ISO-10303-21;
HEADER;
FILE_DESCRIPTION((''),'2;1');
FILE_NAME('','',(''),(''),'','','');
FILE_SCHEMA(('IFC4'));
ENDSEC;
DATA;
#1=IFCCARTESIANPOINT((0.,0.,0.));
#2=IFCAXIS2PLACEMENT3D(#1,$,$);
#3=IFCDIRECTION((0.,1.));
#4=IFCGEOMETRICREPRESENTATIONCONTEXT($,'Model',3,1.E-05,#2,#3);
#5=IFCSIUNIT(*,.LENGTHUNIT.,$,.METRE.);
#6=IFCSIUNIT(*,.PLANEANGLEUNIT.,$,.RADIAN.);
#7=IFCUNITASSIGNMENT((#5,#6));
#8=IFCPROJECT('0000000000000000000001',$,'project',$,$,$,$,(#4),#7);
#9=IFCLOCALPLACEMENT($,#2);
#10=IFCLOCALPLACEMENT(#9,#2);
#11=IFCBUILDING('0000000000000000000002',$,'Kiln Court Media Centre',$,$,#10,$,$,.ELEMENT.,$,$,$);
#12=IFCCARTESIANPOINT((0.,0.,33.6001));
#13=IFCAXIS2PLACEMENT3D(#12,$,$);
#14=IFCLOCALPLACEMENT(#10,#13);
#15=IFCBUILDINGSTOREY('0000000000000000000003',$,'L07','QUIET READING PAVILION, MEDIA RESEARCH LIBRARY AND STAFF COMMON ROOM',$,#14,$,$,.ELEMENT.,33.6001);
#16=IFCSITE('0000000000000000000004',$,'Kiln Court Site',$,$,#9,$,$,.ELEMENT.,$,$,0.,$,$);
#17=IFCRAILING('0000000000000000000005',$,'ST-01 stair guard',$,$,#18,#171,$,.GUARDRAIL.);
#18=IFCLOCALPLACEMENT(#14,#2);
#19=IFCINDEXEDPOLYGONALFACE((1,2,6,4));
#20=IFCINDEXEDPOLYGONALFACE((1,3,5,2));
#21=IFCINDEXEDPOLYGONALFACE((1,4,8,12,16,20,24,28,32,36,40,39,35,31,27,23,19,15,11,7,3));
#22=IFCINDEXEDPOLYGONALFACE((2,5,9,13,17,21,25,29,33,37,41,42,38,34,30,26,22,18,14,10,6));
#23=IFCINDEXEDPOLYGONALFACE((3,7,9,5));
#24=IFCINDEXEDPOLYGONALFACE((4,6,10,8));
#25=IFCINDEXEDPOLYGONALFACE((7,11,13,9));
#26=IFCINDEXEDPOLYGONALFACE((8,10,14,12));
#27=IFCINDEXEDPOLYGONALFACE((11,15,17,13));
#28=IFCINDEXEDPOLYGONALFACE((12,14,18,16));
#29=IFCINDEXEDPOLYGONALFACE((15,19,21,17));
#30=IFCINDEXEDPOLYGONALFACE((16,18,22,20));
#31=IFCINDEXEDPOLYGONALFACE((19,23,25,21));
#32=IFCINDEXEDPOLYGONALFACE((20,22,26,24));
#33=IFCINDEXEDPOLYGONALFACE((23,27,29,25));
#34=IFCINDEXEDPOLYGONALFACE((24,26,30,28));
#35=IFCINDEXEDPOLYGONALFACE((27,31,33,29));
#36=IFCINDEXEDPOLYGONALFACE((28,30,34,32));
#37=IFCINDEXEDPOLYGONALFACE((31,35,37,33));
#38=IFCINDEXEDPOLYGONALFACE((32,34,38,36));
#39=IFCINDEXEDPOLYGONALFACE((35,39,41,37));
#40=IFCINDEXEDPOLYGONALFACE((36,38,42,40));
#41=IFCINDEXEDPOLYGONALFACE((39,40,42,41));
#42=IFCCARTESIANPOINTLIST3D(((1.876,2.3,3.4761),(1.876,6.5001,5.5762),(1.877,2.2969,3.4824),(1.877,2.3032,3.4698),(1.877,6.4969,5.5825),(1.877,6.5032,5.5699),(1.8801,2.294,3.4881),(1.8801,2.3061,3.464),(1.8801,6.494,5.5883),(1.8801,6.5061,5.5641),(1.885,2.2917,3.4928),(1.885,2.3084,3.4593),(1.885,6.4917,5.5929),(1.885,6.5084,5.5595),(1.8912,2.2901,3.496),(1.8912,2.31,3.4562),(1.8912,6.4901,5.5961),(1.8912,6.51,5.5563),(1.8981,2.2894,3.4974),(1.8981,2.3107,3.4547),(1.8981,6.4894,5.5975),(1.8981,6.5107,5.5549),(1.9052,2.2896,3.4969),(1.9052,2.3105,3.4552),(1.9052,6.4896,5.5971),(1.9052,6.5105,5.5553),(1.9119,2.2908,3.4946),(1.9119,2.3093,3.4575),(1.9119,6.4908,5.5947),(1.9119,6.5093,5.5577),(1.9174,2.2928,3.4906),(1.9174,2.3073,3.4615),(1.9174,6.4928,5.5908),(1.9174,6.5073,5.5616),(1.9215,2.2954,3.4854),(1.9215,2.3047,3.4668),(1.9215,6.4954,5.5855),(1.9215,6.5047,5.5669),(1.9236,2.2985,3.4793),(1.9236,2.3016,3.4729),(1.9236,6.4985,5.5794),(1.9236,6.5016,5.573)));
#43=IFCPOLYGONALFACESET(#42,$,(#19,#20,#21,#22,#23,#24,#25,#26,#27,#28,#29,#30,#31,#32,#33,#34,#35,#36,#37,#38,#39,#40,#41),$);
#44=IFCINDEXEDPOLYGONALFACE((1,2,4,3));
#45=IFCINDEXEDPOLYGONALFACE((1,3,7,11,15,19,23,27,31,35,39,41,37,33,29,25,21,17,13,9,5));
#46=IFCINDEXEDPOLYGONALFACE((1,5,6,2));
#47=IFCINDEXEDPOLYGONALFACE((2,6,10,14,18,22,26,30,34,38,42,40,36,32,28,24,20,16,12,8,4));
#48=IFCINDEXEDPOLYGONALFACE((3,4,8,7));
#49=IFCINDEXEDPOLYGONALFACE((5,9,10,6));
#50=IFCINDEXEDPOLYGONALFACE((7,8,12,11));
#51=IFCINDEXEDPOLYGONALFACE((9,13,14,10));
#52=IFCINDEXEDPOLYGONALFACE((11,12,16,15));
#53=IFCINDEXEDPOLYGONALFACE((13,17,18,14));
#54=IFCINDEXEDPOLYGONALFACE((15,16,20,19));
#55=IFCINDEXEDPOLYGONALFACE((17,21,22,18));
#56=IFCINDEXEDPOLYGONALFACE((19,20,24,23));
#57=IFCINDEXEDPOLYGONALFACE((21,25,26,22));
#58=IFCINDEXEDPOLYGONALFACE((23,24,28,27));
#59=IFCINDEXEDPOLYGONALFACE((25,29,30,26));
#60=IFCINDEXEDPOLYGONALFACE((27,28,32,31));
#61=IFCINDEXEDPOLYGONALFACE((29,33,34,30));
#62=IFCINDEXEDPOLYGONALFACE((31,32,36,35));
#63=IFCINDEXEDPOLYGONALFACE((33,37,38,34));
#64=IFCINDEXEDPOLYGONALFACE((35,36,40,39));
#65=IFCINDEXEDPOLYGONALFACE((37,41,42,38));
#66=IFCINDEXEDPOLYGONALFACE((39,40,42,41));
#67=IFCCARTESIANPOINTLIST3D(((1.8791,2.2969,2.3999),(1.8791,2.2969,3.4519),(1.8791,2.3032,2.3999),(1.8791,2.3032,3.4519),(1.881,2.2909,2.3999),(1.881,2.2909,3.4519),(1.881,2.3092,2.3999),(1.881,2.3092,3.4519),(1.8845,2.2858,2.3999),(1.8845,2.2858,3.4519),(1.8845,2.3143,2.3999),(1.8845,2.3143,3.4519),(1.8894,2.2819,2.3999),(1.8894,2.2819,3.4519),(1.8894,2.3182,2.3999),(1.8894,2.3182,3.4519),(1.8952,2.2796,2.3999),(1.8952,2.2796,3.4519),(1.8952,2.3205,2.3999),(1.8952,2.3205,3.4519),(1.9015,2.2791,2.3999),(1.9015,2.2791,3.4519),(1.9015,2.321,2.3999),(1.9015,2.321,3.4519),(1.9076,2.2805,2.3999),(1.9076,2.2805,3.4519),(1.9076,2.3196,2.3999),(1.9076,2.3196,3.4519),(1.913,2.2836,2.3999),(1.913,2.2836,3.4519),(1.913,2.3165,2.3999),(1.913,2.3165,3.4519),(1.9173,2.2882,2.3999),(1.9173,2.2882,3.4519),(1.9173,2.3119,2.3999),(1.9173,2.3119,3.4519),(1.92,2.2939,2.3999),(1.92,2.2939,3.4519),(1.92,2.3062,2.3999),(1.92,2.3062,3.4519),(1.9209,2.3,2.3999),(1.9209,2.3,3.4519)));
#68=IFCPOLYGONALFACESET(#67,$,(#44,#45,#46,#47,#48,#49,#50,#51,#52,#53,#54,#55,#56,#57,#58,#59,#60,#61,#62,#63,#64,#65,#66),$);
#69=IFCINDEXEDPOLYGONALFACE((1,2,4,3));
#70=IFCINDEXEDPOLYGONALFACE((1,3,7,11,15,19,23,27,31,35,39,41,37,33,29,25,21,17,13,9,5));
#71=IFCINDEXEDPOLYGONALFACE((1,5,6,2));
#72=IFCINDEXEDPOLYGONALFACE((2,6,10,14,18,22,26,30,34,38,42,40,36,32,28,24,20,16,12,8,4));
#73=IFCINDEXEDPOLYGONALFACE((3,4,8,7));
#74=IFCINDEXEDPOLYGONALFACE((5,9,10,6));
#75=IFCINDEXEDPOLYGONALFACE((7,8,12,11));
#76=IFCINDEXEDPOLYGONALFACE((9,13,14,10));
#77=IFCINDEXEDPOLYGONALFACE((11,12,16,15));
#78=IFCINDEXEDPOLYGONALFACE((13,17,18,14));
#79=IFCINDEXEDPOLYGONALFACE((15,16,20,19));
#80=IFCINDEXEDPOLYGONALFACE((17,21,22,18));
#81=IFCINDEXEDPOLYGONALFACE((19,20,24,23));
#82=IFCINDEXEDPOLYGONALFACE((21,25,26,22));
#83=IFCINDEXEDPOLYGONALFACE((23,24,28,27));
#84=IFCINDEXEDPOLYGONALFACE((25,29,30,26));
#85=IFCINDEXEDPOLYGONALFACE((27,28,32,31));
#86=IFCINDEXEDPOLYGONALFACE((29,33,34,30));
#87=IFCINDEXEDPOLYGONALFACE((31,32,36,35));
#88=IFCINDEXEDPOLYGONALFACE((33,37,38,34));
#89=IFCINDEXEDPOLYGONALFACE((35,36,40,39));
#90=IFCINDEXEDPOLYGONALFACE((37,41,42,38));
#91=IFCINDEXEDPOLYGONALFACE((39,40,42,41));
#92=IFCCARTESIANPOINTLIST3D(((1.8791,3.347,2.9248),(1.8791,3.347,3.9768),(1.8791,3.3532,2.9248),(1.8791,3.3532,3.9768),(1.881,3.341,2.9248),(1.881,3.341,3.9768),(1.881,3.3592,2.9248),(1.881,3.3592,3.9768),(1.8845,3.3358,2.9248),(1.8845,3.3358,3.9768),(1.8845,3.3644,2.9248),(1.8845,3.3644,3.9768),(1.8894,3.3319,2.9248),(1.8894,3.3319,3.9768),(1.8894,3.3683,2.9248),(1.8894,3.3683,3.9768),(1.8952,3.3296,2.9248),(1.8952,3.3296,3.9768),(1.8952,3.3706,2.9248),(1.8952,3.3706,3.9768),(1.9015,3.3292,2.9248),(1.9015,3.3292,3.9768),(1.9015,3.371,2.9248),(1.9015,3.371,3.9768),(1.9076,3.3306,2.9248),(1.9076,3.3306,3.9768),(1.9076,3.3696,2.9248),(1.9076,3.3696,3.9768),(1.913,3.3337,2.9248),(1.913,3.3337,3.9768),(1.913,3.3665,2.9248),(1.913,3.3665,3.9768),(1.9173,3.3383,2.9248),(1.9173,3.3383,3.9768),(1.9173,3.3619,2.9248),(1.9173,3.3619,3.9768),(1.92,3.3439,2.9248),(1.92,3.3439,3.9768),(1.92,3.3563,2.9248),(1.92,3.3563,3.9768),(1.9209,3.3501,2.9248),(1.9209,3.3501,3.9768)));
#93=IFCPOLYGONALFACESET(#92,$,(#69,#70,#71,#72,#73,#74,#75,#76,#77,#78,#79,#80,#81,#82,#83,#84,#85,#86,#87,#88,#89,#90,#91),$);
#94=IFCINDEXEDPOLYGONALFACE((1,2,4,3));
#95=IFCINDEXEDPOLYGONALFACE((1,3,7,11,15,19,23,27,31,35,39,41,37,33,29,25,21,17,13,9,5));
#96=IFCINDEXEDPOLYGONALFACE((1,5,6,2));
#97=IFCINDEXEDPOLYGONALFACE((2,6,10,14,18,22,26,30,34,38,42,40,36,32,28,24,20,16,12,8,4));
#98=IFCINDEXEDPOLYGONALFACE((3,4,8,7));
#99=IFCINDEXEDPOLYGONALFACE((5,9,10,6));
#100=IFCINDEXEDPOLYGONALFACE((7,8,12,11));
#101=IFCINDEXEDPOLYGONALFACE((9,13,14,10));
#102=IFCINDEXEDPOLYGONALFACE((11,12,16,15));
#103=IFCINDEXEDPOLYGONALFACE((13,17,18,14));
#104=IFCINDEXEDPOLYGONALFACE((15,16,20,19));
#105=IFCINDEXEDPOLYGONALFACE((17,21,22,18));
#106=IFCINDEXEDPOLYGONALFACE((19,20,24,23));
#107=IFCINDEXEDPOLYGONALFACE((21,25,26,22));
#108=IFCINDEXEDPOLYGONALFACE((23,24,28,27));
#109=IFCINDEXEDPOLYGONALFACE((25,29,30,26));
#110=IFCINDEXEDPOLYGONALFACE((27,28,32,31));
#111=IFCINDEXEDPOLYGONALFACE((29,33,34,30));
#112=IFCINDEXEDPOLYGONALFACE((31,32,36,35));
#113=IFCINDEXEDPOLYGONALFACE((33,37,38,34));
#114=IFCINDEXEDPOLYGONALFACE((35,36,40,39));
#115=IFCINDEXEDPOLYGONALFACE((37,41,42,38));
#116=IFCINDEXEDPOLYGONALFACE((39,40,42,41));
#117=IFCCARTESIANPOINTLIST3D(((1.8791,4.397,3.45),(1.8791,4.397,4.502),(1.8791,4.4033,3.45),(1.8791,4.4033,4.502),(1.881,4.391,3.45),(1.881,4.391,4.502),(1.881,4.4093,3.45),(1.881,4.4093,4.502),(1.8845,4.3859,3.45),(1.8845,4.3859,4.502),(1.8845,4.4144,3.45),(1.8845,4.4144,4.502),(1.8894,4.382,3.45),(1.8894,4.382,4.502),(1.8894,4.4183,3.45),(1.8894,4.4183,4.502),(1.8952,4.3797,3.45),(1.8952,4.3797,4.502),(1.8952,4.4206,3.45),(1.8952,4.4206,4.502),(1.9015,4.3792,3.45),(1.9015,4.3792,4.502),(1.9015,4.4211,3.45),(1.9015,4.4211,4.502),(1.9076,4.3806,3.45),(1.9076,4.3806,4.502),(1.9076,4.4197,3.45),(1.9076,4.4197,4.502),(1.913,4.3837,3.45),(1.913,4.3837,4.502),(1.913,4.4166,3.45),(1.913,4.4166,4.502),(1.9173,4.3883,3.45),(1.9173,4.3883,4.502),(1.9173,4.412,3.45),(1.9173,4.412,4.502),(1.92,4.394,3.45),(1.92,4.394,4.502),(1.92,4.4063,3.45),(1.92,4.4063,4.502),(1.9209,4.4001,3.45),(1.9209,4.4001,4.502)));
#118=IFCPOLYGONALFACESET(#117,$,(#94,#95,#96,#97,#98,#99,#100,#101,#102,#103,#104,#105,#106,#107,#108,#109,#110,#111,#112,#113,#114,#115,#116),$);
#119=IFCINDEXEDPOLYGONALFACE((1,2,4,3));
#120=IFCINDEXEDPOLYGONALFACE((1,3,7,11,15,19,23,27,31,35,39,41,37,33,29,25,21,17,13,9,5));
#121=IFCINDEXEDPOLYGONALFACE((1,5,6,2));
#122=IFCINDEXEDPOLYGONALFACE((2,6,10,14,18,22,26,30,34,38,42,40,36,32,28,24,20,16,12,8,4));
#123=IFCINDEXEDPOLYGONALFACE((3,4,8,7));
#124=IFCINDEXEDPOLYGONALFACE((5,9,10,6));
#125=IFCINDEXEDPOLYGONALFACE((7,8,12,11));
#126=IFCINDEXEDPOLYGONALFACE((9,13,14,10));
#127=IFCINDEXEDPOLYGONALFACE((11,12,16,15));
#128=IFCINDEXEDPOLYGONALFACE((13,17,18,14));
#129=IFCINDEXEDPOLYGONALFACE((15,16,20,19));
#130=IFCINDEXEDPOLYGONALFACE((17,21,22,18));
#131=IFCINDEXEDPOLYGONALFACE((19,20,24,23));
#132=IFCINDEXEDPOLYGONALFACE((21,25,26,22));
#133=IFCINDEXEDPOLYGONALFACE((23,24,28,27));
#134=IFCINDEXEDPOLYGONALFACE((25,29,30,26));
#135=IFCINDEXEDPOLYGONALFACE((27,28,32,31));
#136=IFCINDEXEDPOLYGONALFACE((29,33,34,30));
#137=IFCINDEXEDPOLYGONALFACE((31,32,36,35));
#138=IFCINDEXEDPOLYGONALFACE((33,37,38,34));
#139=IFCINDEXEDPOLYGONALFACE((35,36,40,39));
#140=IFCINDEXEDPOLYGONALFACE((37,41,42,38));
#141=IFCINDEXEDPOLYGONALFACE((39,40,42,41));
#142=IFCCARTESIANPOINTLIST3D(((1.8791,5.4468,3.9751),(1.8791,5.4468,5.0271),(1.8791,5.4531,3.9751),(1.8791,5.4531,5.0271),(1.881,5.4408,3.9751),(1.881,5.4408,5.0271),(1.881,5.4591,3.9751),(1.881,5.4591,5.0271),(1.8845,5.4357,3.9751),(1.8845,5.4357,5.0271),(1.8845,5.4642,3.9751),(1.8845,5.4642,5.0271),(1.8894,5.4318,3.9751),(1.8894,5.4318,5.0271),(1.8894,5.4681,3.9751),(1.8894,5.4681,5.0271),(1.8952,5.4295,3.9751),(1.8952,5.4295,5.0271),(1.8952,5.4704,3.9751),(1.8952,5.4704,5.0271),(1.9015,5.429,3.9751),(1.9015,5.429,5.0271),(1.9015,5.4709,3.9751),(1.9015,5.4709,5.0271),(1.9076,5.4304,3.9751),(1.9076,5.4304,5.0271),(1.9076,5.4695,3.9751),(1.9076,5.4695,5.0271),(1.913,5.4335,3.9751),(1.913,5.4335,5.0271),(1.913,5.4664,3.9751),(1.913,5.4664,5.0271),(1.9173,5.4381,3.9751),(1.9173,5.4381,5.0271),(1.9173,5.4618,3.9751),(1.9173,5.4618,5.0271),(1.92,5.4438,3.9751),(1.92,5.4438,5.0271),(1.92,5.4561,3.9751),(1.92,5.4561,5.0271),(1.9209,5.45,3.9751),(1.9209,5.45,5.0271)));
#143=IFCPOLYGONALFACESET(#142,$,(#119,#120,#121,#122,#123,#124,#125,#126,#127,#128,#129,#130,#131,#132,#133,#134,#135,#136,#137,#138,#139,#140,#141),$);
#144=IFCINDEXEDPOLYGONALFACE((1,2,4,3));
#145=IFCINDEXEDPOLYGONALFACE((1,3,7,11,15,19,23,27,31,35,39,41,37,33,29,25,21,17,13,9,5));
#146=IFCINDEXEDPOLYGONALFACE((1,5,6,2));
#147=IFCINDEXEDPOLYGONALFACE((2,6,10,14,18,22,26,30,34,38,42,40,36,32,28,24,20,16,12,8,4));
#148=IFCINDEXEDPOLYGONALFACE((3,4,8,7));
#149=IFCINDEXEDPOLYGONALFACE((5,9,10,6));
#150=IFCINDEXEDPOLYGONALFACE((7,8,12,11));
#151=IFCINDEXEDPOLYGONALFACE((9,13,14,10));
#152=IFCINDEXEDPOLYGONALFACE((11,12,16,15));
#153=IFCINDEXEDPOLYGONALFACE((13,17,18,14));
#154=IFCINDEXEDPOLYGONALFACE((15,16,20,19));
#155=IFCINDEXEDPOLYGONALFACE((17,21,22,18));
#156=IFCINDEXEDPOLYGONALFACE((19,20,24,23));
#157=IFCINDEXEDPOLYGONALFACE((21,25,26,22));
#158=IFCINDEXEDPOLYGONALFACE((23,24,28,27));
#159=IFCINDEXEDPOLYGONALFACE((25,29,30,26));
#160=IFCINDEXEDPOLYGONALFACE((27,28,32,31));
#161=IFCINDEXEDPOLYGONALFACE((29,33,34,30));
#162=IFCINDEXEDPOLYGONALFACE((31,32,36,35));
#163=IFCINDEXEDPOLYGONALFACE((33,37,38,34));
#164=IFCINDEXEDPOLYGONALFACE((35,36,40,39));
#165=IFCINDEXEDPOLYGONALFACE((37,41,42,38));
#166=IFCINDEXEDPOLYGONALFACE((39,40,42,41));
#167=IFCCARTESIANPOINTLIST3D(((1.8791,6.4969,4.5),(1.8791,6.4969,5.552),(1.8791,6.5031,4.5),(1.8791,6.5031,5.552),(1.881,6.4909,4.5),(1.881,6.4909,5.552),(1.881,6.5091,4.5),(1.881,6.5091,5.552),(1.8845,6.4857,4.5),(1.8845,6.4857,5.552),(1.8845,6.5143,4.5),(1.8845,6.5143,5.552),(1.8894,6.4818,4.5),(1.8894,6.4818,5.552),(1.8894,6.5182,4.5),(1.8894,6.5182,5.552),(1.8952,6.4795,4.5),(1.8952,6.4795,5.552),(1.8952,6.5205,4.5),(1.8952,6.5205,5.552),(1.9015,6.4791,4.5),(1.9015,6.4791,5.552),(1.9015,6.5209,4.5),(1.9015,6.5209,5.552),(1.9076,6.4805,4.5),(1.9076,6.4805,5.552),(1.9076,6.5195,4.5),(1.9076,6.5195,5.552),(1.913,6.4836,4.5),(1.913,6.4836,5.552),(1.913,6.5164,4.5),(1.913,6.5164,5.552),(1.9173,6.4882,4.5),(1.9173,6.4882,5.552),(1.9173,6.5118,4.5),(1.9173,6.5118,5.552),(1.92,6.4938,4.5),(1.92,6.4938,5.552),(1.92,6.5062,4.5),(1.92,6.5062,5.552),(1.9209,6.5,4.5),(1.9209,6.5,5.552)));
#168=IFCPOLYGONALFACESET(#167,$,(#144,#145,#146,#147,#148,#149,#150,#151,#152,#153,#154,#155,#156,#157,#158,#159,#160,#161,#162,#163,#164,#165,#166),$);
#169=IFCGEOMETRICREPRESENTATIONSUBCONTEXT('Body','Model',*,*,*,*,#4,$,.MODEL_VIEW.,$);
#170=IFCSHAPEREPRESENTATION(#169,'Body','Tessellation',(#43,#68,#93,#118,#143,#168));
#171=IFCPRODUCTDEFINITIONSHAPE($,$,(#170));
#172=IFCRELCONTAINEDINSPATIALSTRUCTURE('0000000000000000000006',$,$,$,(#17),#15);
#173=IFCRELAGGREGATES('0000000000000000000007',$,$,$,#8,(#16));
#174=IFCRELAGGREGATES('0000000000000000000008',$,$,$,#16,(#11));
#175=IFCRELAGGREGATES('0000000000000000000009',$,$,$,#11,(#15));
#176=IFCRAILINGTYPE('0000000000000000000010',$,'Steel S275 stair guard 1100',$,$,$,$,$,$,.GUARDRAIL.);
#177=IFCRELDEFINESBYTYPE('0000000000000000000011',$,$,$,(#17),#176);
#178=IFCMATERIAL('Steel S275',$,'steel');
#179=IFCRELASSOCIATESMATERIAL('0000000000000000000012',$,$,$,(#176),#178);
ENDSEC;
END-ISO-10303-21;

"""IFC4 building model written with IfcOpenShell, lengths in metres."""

from ifc_helpers import new_model, si_unit, direction, frame, origin, origin_2d, place, context, subcontext, project, spatial, circle, extrude, material, type_object, element, save


model = new_model("IFC4")

# Units and contexts
model_context = context("Model", 3, precision=1e-05, world=origin(), true_north=direction((0.0, 1.0)))
body_context = subcontext(model_context, "Body", "Model", "MODEL_VIEW")
ifc_project = project(units=[si_unit("LENGTHUNIT", "METRE"), si_unit("PLANEANGLEUNIT", "RADIAN")], contexts=[model_context])

# Site, building, storey
site_placement = place(None, origin())
site = spatial("IfcSite", under=ifc_project, at=site_placement, Name="Kiln Court Site", CompositionType="ELEMENT", RefElevation=0.0)
building_placement = place(site_placement, origin())
building = spatial("IfcBuilding", under=site, at=building_placement, Name="Kiln Court Media Centre", CompositionType="ELEMENT")
storey_placement = place(building_placement, frame((0.0, 0.0, 33.6001)))
storey = spatial("IfcBuildingStorey", under=building, at=storey_placement, Name="L07", Description="QUIET READING PAVILION, MEDIA RESEARCH LIBRARY AND STAFF COMMON ROOM", CompositionType="ELEMENT", Elevation=33.6001)

# Railing
ifc_material_1 = material(Name="Steel S275", Category="steel")
railing_type_1 = type_object("IfcRailingType", Name="Steel S275 stair guard 1100", PredefinedType="GUARDRAIL", material=ifc_material_1)
railing_1_placement = place(storey_placement, frame((1.8999, 2.3, 2.3999)))
element("IfcRailing", 1, at=railing_1_placement, inside=storey, type_object=railing_type_1, Name="ST-01 stair guard", PredefinedType="GUARDRAIL", context=body_context, shape_type="SweptSolid", body=[
    extrude(circle(Radius=0.0239, at=origin_2d()), frame((0.0, 0.0, 1.0762), z_axis=(0.0, 0.894417, 0.447234), x_axis=(-1.0, 0.0, 0.0)), (0.0, 0.0, 1.0), 4.6958),
    extrude(circle(Radius=0.021, at=origin_2d()), origin(), (0.0, 0.0, 1.0), 1.052),
    extrude(circle(Radius=0.021, at=origin_2d()), frame((0.0, 1.05, 0.5249)), (0.0, 0.0, 1.0), 1.052),
    extrude(circle(Radius=0.021, at=origin_2d()), frame((0.0, 2.1001, 1.05)), (0.0, 0.0, 1.0), 1.052),
    extrude(circle(Radius=0.021, at=origin_2d()), frame((0.0, 3.1499, 1.5752)), (0.0, 0.0, 1.0), 1.052),
    extrude(circle(Radius=0.021, at=origin_2d()), frame((0.0, 4.2, 2.1001)), (0.0, 0.0, 1.0), 1.052),
])

save(model, "model.ifc")
